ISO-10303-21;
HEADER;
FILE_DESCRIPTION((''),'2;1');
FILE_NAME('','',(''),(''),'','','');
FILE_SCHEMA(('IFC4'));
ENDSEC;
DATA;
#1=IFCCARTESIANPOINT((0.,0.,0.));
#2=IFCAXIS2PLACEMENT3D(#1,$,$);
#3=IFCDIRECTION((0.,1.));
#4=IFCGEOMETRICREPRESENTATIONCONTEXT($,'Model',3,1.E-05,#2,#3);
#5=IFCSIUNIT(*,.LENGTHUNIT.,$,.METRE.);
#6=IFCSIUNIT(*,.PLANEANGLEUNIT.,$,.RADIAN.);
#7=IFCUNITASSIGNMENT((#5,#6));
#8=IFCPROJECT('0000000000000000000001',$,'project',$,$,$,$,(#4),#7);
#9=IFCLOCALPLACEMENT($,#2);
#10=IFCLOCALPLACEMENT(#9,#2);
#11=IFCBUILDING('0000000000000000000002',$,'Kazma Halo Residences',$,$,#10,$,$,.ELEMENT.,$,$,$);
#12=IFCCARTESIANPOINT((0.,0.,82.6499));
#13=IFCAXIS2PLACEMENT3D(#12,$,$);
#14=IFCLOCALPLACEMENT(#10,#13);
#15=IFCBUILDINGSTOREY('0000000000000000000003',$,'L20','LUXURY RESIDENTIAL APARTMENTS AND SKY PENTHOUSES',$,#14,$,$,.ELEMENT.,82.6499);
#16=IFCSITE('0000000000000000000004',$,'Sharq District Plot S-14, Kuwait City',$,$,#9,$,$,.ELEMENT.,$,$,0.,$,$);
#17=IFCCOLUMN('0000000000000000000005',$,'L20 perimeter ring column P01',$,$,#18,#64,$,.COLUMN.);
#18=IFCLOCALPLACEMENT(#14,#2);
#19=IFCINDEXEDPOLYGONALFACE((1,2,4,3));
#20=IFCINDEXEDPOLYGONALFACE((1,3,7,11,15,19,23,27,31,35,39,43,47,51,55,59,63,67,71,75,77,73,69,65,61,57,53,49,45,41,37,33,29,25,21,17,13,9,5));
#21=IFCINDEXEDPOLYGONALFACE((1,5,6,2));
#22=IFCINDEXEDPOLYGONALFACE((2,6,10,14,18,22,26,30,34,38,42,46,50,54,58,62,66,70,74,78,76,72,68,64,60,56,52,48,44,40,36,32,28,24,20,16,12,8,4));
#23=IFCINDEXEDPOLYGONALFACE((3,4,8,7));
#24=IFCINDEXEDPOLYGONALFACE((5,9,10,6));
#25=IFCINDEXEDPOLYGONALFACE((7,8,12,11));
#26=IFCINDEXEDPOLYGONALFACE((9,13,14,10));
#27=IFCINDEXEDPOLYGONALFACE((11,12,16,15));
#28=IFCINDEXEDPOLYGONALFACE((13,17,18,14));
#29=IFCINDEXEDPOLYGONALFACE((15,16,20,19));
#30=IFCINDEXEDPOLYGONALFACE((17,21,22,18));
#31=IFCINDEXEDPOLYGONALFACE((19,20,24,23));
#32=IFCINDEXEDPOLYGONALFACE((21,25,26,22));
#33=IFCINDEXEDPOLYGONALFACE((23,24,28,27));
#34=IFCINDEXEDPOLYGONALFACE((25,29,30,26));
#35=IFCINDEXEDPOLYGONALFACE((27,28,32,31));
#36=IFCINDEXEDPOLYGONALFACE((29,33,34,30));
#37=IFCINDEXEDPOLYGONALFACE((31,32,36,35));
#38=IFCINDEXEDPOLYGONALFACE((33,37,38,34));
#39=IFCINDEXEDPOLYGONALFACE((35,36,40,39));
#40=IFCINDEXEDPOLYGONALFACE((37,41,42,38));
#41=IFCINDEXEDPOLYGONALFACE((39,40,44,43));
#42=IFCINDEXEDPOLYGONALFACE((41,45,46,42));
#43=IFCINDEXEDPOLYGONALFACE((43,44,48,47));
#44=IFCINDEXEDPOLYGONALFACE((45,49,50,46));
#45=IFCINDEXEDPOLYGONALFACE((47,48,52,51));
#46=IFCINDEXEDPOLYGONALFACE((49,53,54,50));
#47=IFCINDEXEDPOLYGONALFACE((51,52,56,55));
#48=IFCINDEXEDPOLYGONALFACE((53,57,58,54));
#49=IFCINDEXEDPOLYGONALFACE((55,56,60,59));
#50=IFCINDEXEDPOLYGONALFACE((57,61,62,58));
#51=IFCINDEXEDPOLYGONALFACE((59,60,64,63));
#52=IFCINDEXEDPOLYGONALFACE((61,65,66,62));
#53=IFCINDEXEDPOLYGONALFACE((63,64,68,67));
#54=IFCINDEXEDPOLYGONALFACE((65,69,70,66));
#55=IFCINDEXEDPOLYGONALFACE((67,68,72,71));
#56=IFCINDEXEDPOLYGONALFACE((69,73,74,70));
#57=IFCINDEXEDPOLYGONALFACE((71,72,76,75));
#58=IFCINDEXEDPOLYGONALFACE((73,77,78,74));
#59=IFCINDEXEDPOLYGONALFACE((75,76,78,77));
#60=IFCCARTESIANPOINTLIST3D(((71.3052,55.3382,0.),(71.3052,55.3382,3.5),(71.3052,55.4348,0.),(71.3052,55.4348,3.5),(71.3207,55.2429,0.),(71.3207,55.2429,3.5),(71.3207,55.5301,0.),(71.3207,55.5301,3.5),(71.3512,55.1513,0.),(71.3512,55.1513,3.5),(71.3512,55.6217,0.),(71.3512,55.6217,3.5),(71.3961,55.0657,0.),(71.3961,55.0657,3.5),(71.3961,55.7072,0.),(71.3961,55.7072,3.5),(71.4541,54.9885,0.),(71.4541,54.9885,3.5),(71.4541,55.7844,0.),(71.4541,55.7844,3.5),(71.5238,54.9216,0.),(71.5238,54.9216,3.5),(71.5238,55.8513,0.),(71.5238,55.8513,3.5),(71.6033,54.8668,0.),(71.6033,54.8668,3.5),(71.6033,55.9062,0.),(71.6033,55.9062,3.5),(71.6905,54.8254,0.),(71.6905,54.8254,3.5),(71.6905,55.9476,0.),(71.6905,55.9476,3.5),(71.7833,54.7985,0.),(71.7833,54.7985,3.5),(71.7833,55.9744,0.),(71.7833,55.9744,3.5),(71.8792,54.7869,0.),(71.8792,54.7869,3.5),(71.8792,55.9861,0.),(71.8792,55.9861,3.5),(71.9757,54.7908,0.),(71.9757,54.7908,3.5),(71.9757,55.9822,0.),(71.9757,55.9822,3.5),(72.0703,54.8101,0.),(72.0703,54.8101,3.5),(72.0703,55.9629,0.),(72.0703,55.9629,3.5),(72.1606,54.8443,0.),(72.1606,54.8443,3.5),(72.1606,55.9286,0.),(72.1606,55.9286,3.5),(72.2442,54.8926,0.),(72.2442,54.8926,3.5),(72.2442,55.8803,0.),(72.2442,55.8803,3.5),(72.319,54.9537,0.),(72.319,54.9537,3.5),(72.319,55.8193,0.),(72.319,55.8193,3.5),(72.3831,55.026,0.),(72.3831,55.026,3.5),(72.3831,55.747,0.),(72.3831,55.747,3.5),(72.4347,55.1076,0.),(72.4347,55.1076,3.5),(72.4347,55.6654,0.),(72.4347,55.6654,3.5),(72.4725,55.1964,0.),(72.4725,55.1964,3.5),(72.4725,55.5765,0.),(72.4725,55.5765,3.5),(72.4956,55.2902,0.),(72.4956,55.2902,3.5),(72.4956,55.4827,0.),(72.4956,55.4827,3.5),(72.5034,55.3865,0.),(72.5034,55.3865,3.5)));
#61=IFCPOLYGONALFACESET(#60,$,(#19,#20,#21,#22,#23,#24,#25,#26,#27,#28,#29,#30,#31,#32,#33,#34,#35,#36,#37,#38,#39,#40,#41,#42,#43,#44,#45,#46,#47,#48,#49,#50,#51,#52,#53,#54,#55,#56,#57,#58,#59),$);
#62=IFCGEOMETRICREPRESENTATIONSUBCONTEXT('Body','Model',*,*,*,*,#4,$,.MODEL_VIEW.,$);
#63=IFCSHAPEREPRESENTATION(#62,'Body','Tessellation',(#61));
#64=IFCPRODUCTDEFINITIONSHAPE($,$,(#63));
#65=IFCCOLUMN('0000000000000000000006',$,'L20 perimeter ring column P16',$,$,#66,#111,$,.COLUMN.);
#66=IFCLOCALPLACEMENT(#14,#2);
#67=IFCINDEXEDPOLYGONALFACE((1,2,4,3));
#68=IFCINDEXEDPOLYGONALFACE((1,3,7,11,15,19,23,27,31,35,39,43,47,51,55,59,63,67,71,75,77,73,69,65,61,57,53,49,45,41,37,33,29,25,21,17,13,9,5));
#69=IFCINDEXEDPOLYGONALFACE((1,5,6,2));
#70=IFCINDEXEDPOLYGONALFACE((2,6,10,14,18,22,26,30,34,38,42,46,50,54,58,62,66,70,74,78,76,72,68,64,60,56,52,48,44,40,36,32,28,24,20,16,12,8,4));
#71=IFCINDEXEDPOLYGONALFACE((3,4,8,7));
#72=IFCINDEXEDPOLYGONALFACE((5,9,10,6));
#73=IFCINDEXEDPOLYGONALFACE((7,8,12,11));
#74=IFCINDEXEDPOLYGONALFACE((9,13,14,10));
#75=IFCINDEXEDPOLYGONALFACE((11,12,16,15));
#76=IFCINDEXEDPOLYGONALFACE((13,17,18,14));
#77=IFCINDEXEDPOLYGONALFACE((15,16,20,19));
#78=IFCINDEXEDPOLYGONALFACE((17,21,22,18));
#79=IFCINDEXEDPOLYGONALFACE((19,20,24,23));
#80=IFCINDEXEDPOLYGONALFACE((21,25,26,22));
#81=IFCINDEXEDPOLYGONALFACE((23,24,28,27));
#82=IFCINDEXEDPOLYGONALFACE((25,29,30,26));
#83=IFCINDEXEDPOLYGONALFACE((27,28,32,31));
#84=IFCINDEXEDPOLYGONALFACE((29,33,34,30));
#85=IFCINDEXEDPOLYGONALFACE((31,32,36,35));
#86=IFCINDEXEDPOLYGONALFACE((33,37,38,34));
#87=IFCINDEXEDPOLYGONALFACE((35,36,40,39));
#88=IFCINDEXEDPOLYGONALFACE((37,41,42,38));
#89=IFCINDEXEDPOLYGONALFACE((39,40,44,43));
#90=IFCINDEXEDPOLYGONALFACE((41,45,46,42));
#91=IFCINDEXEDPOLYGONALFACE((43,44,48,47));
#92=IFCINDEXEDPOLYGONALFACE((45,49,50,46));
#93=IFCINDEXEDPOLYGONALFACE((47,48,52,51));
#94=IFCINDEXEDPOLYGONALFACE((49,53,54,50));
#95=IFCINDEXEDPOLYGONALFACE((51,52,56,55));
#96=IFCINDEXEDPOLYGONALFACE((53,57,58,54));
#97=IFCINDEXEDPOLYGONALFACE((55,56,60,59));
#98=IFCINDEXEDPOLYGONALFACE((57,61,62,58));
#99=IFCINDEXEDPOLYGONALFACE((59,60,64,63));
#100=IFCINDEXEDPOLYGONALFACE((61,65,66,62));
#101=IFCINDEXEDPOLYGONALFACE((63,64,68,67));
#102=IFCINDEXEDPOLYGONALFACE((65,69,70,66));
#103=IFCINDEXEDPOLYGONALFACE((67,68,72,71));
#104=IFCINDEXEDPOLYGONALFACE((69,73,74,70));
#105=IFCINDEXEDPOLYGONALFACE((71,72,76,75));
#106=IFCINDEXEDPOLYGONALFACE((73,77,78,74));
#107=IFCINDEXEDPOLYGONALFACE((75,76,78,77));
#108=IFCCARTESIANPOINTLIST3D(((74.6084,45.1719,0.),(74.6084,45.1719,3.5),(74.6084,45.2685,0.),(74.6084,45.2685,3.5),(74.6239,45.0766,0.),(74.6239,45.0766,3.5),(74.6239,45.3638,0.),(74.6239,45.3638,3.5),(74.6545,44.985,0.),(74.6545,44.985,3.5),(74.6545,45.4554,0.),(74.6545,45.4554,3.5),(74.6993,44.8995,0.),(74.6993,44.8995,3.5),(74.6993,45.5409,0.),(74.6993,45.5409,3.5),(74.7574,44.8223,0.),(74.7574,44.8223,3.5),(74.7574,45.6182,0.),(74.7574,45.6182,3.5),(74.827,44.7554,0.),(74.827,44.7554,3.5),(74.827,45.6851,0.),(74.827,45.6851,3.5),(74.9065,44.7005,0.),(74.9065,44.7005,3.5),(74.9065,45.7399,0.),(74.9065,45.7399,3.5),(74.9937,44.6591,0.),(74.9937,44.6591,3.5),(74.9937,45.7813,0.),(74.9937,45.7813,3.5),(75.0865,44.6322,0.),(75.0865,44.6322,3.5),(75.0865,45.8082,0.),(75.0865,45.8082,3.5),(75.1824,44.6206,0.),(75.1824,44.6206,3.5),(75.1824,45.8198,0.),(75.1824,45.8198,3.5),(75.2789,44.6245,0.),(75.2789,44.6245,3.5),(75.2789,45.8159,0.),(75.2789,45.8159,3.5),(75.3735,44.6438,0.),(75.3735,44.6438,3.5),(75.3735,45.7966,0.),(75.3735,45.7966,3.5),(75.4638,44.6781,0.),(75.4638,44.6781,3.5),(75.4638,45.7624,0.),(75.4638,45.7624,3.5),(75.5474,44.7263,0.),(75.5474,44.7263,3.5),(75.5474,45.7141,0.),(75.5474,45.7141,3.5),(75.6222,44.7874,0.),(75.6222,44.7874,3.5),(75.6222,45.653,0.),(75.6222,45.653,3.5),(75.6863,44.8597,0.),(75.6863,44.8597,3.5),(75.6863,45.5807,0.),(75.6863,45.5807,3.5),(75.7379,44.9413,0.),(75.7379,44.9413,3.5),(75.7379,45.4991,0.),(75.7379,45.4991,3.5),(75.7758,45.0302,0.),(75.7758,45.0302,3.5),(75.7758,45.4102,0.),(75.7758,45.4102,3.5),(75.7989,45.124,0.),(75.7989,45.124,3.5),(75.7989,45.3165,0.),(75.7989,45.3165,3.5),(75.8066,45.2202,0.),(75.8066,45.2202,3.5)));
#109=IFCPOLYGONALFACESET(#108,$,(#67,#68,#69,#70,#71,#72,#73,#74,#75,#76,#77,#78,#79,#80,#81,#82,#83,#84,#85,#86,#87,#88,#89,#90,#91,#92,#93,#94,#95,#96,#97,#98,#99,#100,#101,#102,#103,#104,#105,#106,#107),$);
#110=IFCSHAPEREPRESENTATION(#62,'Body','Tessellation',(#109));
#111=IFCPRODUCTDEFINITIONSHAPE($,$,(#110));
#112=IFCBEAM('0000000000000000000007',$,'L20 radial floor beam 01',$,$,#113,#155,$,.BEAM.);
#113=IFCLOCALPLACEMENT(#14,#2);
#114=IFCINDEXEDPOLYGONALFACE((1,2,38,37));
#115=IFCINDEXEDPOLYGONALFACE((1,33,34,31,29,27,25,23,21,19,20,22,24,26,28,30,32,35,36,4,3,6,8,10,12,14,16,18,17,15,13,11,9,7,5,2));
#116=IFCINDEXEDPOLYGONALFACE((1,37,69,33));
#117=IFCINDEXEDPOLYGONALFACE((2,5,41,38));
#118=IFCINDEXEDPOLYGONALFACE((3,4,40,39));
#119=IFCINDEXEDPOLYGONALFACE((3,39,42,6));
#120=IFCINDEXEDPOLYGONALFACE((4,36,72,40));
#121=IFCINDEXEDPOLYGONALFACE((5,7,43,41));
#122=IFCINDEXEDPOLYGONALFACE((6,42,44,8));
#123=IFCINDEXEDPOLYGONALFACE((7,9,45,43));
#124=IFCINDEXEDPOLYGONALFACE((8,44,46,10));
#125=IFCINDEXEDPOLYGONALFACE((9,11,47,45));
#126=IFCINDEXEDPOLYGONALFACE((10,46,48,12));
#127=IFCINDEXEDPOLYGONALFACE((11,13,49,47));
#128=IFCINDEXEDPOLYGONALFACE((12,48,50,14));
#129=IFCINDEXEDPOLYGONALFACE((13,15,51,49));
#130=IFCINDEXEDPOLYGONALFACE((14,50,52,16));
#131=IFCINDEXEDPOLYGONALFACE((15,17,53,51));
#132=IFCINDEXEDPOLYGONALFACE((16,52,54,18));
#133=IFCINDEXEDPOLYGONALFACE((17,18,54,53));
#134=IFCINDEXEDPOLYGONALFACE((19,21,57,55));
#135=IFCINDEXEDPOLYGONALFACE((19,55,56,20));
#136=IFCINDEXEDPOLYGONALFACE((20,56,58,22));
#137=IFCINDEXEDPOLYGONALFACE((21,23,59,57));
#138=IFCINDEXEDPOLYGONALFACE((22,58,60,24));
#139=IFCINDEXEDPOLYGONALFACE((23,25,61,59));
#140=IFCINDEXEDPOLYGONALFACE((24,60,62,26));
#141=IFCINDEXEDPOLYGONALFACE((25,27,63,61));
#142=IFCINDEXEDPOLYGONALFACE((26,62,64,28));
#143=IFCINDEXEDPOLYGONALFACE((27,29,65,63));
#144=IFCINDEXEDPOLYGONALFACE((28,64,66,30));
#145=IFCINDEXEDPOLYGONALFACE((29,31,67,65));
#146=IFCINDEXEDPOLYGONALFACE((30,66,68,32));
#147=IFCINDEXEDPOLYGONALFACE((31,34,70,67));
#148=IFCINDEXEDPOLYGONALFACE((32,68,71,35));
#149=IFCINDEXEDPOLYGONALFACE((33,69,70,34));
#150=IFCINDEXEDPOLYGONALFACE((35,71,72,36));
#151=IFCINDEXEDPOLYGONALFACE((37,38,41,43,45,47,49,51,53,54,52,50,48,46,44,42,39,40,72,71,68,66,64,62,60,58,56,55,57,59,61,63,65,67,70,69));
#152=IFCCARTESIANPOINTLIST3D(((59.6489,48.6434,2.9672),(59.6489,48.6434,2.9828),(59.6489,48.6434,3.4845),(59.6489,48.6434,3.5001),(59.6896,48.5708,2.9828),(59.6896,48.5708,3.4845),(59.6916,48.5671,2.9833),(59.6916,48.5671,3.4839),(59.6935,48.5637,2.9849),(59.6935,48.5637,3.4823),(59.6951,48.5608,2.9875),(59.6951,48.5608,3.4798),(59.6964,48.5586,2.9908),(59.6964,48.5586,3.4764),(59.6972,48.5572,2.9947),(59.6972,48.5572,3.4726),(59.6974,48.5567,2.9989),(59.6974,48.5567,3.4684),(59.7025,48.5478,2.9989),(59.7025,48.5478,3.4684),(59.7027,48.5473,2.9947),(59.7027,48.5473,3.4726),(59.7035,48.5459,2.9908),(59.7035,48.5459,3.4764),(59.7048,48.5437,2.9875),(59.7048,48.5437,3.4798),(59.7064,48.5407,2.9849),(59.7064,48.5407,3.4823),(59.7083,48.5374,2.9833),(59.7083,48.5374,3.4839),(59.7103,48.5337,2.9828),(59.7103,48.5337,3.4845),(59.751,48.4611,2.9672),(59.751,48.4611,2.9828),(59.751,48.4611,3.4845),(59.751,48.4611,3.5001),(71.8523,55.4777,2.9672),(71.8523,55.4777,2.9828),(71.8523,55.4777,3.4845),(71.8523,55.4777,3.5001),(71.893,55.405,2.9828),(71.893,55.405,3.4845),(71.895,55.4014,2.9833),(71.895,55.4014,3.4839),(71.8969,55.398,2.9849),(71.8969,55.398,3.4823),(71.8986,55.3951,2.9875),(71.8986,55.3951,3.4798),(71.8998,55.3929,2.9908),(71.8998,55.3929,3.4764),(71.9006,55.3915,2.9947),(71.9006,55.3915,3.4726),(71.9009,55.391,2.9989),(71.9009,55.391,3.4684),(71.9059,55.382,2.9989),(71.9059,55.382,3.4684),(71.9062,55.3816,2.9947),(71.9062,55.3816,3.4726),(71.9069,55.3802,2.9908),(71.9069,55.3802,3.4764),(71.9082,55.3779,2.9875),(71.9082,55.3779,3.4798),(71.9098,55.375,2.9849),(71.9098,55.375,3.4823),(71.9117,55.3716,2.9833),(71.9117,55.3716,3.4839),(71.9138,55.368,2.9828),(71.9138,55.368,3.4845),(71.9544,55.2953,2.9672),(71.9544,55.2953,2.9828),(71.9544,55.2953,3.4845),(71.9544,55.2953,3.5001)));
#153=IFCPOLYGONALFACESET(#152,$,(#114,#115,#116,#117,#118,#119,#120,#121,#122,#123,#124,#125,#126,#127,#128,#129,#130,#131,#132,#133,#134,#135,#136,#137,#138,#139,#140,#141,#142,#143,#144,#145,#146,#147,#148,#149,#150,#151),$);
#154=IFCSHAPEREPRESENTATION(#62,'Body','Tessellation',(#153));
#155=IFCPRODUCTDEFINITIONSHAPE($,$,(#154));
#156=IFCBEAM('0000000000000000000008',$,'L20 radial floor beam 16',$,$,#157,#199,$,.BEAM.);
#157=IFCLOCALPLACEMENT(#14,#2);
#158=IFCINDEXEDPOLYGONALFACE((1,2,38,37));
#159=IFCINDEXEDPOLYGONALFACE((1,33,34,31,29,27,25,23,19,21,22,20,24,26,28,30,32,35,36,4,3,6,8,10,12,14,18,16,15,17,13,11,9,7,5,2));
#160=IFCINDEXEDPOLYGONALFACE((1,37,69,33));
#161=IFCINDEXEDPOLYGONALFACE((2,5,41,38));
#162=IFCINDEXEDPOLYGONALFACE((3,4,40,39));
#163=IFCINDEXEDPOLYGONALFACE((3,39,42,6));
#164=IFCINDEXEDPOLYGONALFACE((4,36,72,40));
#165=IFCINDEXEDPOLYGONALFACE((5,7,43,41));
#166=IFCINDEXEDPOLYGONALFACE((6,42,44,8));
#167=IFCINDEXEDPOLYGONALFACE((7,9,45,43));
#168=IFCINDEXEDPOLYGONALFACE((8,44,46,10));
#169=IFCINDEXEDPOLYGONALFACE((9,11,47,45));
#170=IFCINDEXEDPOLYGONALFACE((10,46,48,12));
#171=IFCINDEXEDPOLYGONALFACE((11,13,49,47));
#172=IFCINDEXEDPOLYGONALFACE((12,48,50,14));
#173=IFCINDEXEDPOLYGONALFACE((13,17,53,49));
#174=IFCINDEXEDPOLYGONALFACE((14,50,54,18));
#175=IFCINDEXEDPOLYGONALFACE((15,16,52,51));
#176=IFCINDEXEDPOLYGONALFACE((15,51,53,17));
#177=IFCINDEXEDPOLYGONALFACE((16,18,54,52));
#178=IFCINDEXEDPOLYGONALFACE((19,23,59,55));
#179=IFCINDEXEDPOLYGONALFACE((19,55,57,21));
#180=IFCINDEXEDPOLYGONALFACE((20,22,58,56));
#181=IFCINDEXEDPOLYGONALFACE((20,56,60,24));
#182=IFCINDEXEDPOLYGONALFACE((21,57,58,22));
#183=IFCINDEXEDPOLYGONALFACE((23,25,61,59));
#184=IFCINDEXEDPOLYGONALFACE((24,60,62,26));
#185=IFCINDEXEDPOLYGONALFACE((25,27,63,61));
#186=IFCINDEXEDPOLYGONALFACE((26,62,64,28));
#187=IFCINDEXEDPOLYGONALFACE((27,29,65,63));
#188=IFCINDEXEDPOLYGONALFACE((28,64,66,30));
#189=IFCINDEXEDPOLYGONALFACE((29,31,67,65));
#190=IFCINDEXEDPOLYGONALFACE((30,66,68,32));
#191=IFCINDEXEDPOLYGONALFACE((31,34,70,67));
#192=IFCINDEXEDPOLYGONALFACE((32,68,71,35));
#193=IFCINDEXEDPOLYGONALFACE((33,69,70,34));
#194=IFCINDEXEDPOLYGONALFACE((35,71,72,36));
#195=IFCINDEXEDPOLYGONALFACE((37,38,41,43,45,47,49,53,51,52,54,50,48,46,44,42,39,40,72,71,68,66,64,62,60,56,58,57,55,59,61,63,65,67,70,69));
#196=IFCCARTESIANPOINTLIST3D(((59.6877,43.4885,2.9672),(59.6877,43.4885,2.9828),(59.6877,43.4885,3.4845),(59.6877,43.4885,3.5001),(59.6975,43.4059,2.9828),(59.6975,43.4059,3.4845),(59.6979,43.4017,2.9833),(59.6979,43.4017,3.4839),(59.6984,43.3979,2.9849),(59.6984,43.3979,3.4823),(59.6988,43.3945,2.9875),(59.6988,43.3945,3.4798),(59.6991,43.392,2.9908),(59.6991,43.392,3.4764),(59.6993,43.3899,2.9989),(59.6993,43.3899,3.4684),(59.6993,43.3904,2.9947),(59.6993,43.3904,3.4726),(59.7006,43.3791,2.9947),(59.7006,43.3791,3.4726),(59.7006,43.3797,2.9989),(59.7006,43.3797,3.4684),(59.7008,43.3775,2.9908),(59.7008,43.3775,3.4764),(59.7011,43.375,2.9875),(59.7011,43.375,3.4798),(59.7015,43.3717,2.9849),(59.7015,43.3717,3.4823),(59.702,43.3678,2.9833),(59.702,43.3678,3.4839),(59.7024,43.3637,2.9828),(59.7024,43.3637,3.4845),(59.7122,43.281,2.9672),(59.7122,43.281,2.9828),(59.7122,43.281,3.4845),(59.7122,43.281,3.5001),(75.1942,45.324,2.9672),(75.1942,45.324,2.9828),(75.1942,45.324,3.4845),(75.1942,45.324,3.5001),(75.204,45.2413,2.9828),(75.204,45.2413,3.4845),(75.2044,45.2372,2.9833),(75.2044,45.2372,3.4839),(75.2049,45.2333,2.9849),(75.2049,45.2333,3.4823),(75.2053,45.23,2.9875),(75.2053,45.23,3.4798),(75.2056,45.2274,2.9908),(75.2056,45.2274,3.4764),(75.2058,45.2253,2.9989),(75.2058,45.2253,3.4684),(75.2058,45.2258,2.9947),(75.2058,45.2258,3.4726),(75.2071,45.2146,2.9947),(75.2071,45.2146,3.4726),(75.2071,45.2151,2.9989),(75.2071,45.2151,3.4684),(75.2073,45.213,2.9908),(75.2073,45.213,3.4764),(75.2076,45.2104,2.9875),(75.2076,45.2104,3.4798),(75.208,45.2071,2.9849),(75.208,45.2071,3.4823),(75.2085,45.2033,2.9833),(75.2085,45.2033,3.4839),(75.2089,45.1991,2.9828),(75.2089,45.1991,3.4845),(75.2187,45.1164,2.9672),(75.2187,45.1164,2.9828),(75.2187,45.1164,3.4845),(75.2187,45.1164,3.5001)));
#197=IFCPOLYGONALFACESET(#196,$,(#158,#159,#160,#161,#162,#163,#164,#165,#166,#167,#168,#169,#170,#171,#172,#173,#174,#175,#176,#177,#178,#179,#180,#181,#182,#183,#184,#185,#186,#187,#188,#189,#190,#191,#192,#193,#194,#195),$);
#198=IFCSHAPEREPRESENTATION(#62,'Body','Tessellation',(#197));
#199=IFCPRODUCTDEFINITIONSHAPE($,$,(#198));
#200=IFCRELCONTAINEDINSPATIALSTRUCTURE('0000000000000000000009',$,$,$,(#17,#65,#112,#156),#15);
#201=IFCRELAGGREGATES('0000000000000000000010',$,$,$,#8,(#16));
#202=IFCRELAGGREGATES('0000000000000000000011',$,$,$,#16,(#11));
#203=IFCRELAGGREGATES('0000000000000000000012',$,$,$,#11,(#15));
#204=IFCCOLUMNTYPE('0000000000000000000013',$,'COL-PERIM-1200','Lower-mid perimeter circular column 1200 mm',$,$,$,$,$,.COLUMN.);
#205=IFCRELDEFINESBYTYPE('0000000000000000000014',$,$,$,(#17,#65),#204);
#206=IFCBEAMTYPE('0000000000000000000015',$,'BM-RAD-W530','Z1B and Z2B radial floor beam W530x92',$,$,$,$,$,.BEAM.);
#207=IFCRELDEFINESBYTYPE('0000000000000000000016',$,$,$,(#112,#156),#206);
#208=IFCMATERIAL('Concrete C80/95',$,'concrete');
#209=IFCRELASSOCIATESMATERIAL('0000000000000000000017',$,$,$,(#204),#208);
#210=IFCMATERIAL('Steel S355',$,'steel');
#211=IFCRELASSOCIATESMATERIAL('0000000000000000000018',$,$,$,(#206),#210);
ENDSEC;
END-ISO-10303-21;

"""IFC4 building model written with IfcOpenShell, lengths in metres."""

from ifc_helpers import new_model, si_unit, direction, frame, origin, origin_2d, place, context, subcontext, project, spatial, circle, i_section, extrude, material, material_profile, profile_set, type_object, element, save


model = new_model("IFC4")

# Units and contexts
model_context = context("Model", 3, precision=1e-05, world=origin(), true_north=direction((0.0, 1.0)))
body_context = subcontext(model_context, "Body", "Model", "MODEL_VIEW")
ifc_project = project(units=[si_unit("LENGTHUNIT", "METRE"), si_unit("PLANEANGLEUNIT", "RADIAN")], contexts=[model_context])

# Site, building, storey
site_placement = place(None, origin())
site = spatial("IfcSite", under=ifc_project, at=site_placement, Name="Sharq District Plot S-14, Kuwait City", CompositionType="ELEMENT", RefElevation=0.0)
building_placement = place(site_placement, origin())
building = spatial("IfcBuilding", under=site, at=building_placement, Name="Kazma Halo Residences", CompositionType="ELEMENT")
storey_placement = place(building_placement, frame((0.0, 0.0, 82.6499)))
storey = spatial("IfcBuildingStorey", under=building, at=storey_placement, Name="L20", Description="LUXURY RESIDENTIAL APARTMENTS AND SKY PENTHOUSES", CompositionType="ELEMENT", Elevation=82.6499)

# Columns
ifc_material_1 = material(Name="Concrete C80/95", Category="concrete")
ifc_material_profile_1 = material_profile(ifc_material_1, circle(Radius=0.6001, at=origin_2d()), Name="CIRC1200")
ifc_profile_set_1 = profile_set([ifc_material_profile_1], Name="Concrete C80/95")
column_type = type_object("IfcColumnType", Name="COL-PERIM-1200", Description="Lower-mid perimeter circular column 1200 mm", PredefinedType="COLUMN", material=ifc_profile_set_1)
for number, where, z_axis, x_axis, name in (
    (1, (71.9033, 55.3865, 0.0), (0.0, 0.0, 1.0), (1.0, 0.0, 0.0), "L20 perimeter ring column P01"),
    (2, (75.2065, 45.2202, 0.0), (0.0, 0.0, 1.0), (1.0, 0.0, 0.0), "L20 perimeter ring column P16"),
):
    element("IfcColumn", number, at=place(storey_placement, frame(where, z_axis=z_axis, x_axis=x_axis)), inside=storey, type_object=column_type, Name=name, PredefinedType="COLUMN", context=body_context, shape_type="SweptSolid", body=[
        extrude(circle(Radius=0.6001, at=origin_2d()), origin(), (0.0, 0.0, 1.0), 3.5),
    ])

# Beams
ifc_material_2 = material(Name="Steel S355", Category="steel")
ifc_material_profile_2 = material_profile(ifc_material_2, i_section(OverallWidth=0.209, OverallDepth=0.533, WebThickness=0.0103, FlangeThickness=0.0156, FilletRadius=0.0161, at=origin_2d()), Name="W530x92")
ifc_profile_set_2 = profile_set([ifc_material_profile_2], Name="Steel S355")
beam_type_1 = type_object("IfcBeamType", Name="BM-RAD-W530", Description="Z1B and Z2B radial floor beam W530x92", PredefinedType="BEAM", material=ifc_profile_set_2)
beam_1_placement = place(storey_placement, frame((59.7, 48.5522, 3.2336), z_axis=(0.872496, 0.488622, 0.0), x_axis=(-0.488622, 0.872496, 0.0)))
element("IfcBeam", 3, at=beam_1_placement, inside=storey, type_object=beam_type_1, Name="L20 radial floor beam 01", PredefinedType="BEAM", context=body_context, shape_type="SweptSolid", body=[
    extrude(i_section(OverallWidth=0.209, OverallDepth=0.533, WebThickness=0.0103, FlangeThickness=0.0156, FilletRadius=0.0161, at=origin_2d()), origin(), (0.0, 0.0, 1.0), 13.9868),
])
beam_2_placement = place(storey_placement, frame((59.7, 43.3848, 3.2336), z_axis=(0.993068, 0.117545, 0.0), x_axis=(-0.117545, 0.993068, 0.0)))
element("IfcBeam", 4, at=beam_2_placement, inside=storey, type_object=beam_type_1, Name="L20 radial floor beam 16", PredefinedType="BEAM", context=body_context, shape_type="SweptSolid", body=[
    extrude(i_section(OverallWidth=0.209, OverallDepth=0.533, WebThickness=0.0103, FlangeThickness=0.0156, FilletRadius=0.0161, at=origin_2d()), origin(), (0.0, 0.0, 1.0), 15.6147),
])

save(model, "model.ifc")
